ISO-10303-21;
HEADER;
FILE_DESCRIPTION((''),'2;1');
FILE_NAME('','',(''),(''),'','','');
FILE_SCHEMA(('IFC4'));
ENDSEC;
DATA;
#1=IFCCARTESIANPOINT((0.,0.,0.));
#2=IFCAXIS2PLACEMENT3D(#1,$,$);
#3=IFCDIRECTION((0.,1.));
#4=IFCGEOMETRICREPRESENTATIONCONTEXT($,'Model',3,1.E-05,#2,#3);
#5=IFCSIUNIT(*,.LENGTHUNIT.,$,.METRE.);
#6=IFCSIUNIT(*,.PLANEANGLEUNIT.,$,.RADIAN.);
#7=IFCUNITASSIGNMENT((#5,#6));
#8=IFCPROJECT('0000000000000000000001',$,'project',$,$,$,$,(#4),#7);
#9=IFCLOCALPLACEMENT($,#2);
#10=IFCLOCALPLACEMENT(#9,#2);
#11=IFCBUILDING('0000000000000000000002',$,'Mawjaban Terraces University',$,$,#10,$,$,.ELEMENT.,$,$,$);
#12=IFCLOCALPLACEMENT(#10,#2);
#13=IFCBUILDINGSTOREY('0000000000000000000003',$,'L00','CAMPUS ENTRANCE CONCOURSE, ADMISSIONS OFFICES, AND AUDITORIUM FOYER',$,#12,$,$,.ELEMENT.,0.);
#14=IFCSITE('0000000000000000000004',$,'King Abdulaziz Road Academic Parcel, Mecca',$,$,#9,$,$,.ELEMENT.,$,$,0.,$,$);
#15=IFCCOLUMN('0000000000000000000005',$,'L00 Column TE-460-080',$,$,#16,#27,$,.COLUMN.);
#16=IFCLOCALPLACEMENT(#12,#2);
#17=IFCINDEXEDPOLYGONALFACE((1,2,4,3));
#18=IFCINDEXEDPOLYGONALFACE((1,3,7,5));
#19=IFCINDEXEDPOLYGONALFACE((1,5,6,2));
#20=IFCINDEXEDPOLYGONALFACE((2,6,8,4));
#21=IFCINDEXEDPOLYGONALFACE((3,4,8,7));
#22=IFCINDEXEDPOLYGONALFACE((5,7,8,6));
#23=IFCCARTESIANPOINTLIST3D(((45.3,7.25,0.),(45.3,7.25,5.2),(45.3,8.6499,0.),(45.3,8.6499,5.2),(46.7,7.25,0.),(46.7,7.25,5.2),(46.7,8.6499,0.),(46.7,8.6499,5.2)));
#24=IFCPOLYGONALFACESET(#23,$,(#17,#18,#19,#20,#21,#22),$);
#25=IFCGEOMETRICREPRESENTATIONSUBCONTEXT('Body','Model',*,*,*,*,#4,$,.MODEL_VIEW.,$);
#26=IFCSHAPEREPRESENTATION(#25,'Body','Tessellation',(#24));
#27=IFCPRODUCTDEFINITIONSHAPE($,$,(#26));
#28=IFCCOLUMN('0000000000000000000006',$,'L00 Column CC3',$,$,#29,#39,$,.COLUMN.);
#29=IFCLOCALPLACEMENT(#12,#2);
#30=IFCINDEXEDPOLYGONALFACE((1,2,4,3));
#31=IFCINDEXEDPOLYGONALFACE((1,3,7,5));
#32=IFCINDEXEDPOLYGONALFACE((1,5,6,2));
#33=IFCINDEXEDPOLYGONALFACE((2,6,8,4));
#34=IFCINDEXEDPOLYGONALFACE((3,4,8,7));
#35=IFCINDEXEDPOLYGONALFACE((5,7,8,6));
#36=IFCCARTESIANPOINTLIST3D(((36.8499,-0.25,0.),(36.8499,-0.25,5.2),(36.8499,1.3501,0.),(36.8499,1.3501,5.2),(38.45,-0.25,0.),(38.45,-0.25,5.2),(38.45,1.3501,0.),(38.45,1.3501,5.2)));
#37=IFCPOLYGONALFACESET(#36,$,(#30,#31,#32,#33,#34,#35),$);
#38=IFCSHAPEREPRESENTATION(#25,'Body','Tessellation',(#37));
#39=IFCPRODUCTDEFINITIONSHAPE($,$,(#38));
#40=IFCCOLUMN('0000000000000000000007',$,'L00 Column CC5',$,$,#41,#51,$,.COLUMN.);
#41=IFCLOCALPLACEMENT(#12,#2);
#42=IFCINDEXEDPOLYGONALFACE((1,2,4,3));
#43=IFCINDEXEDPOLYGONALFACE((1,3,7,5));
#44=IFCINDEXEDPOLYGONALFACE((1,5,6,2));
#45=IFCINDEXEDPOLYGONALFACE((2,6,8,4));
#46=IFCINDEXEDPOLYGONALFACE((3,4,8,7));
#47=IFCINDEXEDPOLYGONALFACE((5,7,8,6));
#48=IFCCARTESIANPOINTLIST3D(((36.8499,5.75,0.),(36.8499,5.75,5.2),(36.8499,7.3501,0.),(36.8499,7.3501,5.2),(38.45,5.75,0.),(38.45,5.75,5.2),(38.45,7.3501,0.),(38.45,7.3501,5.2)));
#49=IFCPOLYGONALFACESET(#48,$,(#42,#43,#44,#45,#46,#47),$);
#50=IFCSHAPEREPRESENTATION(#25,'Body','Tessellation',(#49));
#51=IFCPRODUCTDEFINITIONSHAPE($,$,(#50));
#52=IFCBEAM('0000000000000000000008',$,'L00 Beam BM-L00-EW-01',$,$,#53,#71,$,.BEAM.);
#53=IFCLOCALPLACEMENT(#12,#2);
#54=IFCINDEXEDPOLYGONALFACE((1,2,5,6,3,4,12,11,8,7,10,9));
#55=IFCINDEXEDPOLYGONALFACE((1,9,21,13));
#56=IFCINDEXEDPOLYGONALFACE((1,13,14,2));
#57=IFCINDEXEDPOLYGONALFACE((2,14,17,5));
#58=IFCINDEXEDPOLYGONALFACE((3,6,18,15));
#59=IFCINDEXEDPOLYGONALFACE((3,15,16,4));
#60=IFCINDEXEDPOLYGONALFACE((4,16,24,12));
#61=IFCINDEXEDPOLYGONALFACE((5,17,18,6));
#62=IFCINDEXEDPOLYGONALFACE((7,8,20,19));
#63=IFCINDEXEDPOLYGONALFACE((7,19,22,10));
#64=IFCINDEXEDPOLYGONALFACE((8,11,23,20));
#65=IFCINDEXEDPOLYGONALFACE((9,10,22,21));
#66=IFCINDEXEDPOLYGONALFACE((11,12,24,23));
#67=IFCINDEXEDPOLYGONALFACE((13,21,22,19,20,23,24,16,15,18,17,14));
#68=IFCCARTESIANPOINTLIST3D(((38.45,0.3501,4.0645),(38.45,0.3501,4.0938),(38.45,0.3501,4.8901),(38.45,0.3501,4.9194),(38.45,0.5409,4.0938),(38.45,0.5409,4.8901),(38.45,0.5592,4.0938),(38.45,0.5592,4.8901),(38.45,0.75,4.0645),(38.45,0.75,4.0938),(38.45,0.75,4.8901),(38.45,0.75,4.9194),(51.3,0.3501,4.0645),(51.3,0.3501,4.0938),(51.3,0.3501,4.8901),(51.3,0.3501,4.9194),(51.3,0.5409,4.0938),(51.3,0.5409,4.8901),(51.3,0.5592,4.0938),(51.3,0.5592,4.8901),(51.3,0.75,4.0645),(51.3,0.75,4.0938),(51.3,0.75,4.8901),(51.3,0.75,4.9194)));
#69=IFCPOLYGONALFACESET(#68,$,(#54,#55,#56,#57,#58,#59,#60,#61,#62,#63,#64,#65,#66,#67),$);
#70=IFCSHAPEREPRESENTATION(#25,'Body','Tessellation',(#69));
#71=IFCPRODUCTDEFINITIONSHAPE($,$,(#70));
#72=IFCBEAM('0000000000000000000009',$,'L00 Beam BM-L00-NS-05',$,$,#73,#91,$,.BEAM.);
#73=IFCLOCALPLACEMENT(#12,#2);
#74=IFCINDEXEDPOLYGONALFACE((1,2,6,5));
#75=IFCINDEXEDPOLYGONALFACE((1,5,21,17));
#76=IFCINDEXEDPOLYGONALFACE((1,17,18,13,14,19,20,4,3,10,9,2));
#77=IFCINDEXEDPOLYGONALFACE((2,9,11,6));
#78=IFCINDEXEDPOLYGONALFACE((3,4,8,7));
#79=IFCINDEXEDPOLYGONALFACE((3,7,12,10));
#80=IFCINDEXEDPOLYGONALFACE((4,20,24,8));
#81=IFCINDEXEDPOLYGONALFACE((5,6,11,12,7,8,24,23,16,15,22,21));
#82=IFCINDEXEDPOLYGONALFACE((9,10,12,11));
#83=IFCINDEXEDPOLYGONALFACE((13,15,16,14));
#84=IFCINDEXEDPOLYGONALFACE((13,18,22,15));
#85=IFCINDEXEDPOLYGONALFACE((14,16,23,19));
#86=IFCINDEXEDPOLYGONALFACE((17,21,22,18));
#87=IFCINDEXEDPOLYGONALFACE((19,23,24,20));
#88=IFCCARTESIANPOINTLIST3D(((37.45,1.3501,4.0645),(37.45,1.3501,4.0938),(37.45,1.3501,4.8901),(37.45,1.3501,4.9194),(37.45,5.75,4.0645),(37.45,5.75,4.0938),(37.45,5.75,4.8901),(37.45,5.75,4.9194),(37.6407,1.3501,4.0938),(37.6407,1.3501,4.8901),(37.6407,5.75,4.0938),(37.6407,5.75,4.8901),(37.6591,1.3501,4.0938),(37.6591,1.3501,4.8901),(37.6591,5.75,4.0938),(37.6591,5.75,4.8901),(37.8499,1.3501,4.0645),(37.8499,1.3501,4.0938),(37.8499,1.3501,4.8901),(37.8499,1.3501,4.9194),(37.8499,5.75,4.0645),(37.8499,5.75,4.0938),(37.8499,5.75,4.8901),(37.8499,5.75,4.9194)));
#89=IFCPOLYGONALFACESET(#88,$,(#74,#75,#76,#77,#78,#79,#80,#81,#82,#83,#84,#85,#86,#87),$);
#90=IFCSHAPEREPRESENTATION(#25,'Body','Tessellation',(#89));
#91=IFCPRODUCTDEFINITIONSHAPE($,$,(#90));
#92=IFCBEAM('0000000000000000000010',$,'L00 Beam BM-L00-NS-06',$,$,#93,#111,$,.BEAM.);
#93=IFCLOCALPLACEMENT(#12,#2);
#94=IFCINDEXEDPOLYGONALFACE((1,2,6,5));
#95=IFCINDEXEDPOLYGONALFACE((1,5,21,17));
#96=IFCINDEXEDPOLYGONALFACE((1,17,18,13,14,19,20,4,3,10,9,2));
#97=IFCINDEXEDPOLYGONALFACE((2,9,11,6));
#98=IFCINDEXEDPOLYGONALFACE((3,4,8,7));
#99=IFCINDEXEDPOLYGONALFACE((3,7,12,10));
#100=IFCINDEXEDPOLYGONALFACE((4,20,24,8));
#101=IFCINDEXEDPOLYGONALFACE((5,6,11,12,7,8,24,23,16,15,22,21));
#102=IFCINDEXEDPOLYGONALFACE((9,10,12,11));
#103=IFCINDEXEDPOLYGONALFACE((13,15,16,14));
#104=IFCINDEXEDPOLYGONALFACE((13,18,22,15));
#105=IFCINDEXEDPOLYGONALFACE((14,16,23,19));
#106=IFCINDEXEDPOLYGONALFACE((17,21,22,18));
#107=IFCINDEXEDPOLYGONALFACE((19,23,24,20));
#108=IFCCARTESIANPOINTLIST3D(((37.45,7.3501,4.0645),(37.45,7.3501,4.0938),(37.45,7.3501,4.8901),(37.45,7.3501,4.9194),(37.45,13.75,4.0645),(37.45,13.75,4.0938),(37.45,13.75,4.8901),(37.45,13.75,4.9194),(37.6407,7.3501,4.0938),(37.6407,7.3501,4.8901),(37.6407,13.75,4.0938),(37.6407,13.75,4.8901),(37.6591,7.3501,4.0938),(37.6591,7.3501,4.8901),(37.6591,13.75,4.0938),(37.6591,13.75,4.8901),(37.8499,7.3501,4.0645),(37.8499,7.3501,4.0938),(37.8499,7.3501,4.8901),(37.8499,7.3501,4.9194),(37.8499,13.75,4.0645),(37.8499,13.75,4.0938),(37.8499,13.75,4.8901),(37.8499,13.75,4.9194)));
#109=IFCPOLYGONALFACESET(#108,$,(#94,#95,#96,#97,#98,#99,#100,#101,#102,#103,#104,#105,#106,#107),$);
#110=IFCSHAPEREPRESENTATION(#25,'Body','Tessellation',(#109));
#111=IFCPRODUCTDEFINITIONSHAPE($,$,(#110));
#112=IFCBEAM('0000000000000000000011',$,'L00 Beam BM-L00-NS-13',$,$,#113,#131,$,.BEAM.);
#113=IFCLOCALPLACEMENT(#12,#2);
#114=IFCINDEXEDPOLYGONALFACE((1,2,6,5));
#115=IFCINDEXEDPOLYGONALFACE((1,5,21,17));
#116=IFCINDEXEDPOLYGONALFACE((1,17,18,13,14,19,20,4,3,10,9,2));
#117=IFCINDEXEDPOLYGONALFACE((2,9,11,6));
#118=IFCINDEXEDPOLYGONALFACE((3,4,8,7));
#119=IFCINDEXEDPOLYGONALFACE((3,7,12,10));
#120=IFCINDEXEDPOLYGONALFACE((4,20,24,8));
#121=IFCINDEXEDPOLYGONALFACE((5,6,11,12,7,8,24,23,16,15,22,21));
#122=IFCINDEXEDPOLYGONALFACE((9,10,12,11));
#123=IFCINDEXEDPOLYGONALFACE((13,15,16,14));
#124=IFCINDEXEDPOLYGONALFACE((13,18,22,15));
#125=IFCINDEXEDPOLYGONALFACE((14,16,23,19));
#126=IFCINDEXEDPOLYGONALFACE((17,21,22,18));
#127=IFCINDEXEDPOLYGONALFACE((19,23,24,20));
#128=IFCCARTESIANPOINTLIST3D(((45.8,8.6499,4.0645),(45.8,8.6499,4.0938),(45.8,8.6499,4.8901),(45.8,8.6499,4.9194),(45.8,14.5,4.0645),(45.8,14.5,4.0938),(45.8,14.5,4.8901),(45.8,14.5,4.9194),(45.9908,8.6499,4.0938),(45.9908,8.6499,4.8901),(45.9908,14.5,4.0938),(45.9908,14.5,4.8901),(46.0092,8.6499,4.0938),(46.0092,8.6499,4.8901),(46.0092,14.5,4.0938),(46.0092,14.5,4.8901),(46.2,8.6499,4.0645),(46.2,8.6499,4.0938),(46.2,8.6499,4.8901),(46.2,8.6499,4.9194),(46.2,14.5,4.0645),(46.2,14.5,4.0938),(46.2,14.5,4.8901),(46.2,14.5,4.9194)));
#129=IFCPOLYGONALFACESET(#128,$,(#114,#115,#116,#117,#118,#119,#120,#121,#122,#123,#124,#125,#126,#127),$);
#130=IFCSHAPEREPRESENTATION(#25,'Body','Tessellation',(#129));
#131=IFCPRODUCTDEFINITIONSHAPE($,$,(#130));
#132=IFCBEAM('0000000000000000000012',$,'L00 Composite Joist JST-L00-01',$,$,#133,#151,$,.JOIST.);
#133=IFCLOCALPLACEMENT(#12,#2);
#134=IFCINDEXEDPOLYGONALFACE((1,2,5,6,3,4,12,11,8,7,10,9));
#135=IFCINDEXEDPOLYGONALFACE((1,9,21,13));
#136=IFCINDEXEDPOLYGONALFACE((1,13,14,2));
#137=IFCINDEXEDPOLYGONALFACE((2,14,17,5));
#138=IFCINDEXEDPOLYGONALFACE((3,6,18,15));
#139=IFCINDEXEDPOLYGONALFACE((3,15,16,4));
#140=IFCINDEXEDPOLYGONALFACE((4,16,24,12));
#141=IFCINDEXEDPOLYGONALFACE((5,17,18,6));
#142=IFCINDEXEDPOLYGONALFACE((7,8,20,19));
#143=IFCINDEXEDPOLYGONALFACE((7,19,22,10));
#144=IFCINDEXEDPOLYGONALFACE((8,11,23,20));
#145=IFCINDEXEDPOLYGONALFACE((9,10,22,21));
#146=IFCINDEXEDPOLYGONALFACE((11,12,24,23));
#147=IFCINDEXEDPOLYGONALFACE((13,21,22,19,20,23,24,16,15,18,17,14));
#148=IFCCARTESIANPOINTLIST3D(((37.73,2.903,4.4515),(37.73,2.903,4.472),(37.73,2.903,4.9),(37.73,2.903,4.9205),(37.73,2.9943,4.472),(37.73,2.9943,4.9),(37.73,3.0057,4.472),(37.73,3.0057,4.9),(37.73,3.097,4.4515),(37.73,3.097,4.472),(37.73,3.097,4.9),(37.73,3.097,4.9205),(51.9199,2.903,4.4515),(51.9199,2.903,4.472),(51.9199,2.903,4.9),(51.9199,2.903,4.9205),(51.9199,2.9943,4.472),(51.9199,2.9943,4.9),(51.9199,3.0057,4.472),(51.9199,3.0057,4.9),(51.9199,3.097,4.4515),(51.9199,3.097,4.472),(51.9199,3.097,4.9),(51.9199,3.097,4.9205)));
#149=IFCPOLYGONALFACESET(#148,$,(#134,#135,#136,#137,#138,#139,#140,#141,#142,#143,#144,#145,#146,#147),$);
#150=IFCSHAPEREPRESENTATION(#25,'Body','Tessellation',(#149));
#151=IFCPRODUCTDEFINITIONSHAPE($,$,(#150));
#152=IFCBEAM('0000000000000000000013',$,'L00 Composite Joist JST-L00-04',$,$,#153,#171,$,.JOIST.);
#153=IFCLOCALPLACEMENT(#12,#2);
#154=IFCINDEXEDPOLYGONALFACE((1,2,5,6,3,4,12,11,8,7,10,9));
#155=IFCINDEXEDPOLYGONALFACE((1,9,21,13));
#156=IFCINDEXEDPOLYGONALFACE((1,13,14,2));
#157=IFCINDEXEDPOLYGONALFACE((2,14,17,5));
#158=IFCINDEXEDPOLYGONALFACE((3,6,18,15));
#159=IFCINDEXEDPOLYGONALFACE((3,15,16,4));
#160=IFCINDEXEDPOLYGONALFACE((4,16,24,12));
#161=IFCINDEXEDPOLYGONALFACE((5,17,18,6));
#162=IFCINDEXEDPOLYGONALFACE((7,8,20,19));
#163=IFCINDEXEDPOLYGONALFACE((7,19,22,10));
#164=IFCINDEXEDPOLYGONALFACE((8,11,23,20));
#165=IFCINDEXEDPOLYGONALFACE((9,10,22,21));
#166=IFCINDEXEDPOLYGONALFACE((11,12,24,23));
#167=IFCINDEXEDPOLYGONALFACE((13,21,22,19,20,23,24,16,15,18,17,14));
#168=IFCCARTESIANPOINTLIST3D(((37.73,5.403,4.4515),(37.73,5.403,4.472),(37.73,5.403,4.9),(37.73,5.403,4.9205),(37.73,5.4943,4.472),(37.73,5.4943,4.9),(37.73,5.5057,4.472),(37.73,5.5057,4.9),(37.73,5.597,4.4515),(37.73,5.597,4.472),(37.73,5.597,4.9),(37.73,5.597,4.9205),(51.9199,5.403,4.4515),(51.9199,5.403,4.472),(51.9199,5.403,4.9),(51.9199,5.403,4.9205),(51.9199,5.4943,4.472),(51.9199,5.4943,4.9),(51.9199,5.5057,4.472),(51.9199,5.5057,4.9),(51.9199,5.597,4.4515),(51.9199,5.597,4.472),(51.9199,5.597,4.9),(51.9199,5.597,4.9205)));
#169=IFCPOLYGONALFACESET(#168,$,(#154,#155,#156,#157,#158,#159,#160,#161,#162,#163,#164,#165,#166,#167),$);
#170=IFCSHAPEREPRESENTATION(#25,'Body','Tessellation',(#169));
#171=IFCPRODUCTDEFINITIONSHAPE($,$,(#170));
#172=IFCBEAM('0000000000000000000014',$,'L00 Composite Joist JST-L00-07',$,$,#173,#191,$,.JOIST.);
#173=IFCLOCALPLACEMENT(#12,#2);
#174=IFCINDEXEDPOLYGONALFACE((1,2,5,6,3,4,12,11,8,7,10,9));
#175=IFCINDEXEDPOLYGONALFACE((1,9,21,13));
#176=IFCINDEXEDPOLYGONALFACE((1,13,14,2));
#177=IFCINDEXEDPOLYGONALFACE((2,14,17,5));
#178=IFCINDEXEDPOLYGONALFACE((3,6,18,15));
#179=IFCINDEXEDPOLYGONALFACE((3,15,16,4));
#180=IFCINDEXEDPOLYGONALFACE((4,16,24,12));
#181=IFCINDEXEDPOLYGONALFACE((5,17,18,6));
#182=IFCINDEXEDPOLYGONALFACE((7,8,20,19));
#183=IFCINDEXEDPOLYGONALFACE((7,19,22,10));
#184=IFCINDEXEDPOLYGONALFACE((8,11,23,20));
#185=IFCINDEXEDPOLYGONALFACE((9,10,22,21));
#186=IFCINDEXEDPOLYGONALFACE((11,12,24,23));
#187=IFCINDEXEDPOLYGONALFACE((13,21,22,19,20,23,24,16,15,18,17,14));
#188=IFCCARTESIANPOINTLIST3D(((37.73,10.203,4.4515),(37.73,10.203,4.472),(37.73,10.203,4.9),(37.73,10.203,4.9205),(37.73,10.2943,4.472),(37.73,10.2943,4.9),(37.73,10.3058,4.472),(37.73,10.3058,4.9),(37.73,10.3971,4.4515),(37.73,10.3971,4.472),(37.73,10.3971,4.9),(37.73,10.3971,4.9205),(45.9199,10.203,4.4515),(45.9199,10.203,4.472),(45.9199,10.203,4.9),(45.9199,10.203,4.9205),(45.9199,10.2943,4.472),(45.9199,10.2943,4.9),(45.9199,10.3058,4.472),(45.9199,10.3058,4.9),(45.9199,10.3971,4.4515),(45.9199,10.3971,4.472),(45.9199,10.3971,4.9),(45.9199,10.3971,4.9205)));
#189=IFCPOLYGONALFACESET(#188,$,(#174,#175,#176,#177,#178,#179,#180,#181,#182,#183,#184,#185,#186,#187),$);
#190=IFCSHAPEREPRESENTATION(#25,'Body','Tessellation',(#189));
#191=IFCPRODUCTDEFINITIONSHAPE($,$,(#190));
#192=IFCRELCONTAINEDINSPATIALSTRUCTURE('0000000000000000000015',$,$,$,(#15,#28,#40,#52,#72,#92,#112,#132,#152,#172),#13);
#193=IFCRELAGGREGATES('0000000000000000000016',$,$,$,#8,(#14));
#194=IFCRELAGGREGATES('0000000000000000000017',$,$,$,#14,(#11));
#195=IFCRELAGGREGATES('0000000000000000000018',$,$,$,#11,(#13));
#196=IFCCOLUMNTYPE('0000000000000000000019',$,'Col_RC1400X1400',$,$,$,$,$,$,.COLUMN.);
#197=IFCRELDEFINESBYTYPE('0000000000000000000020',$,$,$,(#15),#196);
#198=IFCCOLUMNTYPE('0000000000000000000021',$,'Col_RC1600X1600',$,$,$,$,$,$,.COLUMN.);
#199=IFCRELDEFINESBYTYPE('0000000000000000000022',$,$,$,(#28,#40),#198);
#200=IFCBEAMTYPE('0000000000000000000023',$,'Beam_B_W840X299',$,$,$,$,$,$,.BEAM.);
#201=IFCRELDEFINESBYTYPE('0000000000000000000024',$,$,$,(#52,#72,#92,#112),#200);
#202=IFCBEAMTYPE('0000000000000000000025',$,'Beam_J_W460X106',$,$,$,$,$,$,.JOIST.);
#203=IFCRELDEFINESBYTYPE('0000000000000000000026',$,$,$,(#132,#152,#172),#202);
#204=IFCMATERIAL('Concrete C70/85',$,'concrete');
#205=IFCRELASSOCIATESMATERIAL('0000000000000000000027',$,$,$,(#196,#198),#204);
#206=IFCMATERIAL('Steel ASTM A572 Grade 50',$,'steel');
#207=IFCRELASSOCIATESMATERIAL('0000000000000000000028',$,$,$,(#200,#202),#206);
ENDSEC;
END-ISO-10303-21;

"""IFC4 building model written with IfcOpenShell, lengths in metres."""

from ifc_helpers import new_model, si_unit, direction, frame, origin, origin_2d, place, context, subcontext, project, spatial, rectangle, i_section, extrude, material, material_profile, profile_set, type_object, element, save


model = new_model("IFC4")

# Units and contexts
model_context = context("Model", 3, precision=1e-05, world=origin(), true_north=direction((0.0, 1.0)))
body_context = subcontext(model_context, "Body", "Model", "MODEL_VIEW")
ifc_project = project(units=[si_unit("LENGTHUNIT", "METRE"), si_unit("PLANEANGLEUNIT", "RADIAN")], contexts=[model_context])

# Site, building, storey
site_placement = place(None, origin())
site = spatial("IfcSite", under=ifc_project, at=site_placement, Name="King Abdulaziz Road Academic Parcel, Mecca", CompositionType="ELEMENT", RefElevation=0.0)
building_placement = place(site_placement, origin())
building = spatial("IfcBuilding", under=site, at=building_placement, Name="Mawjaban Terraces University", CompositionType="ELEMENT")
storey_placement = place(building_placement, origin())
storey = spatial("IfcBuildingStorey", under=building, at=storey_placement, Name="L00", Description="CAMPUS ENTRANCE CONCOURSE, ADMISSIONS OFFICES, AND AUDITORIUM FOYER", CompositionType="ELEMENT", Elevation=0.0)

# Columns
ifc_material_1 = material(Name="Concrete C70/85", Category="concrete")
ifc_material_profile_1 = material_profile(ifc_material_1, rectangle(XDim=1.3999, YDim=1.3999, at=origin_2d()), Name="RC1400X1400")
ifc_profile_set_1 = profile_set([ifc_material_profile_1], Name="Concrete C70/85")
column_type_1 = type_object("IfcColumnType", Name="Col_RC1400X1400", PredefinedType="COLUMN", material=ifc_profile_set_1)
column_placement = place(storey_placement, frame((46.0, 7.95, 0.0), z_axis=(0.0, 0.0, 1.0), x_axis=(1.0, 0.0, 0.0)))
element("IfcColumn", 1, at=column_placement, inside=storey, type_object=column_type_1, Name="L00 Column TE-460-080", PredefinedType="COLUMN", context=body_context, shape_type="SweptSolid", body=[
    extrude(rectangle(XDim=1.3999, YDim=1.3999, at=origin_2d()), origin(), (0.0, 0.0, 1.0), 5.2),
])
ifc_material_profile_2 = material_profile(ifc_material_1, rectangle(XDim=1.6001, YDim=1.6001, at=origin_2d()), Name="RC1600X1600")
ifc_profile_set_2 = profile_set([ifc_material_profile_2], Name="Concrete C70/85")
column_type_2 = type_object("IfcColumnType", Name="Col_RC1600X1600", PredefinedType="COLUMN", material=ifc_profile_set_2)
for number, where, z_axis, x_axis, name in (
    (2, (37.6499, 0.55, 0.0), (0.0, 0.0, 1.0), (1.0, 0.0, 0.0), "L00 Column CC3"),
    (3, (37.6499, 6.55, 0.0), (0.0, 0.0, 1.0), (1.0, 0.0, 0.0), "L00 Column CC5"),
):
    element("IfcColumn", number, at=place(storey_placement, frame(where, z_axis=z_axis, x_axis=x_axis)), inside=storey, type_object=column_type_2, Name=name, PredefinedType="COLUMN", context=body_context, shape_type="SweptSolid", body=[
        extrude(rectangle(XDim=1.6001, YDim=1.6001, at=origin_2d()), origin(), (0.0, 0.0, 1.0), 5.2),
    ])

# Beams
ifc_material_2 = material(Name="Steel ASTM A572 Grade 50", Category="steel")
ifc_material_profile_3 = material_profile(ifc_material_2, i_section(OverallWidth=0.3999, OverallDepth=0.855, WebThickness=0.0183, FlangeThickness=0.0293, at=origin_2d()), Name="W840X299")
ifc_profile_set_3 = profile_set([ifc_material_profile_3], Name="Steel ASTM A572 Grade 50")
beam_type_1 = type_object("IfcBeamType", Name="Beam_B_W840X299", PredefinedType="BEAM", material=ifc_profile_set_3)
beam_1_placement = place(storey_placement, frame((38.45, 0.55, 4.4919), z_axis=(1.0, 0.0, 0.0), x_axis=(0.0, 1.0, 0.0)))
element("IfcBeam", 4, at=beam_1_placement, inside=storey, type_object=beam_type_1, Name="L00 Beam BM-L00-EW-01", PredefinedType="BEAM", context=body_context, shape_type="SweptSolid", body=[
    extrude(i_section(OverallWidth=0.3999, OverallDepth=0.855, WebThickness=0.0183, FlangeThickness=0.0293, at=origin_2d()), origin(), (0.0, 0.0, 1.0), 12.8501),
])
beam_2_placement = place(storey_placement, frame((37.6499, 1.3501, 4.4919), z_axis=(0.0, 1.0, 0.0), x_axis=(-1.0, 0.0, 0.0)))
element("IfcBeam", 5, at=beam_2_placement, inside=storey, type_object=beam_type_1, Name="L00 Beam BM-L00-NS-05", PredefinedType="BEAM", context=body_context, shape_type="SweptSolid", body=[
    extrude(i_section(OverallWidth=0.3999, OverallDepth=0.855, WebThickness=0.0183, FlangeThickness=0.0293, at=origin_2d()), origin(), (0.0, 0.0, 1.0), 4.3999),
])
beam_3_placement = place(storey_placement, frame((37.6499, 7.3501, 4.4919), z_axis=(0.0, 1.0, 0.0), x_axis=(-1.0, 0.0, 0.0)))
element("IfcBeam", 6, at=beam_3_placement, inside=storey, type_object=beam_type_1, Name="L00 Beam BM-L00-NS-06", PredefinedType="BEAM", context=body_context, shape_type="SweptSolid", body=[
    extrude(i_section(OverallWidth=0.3999, OverallDepth=0.855, WebThickness=0.0183, FlangeThickness=0.0293, at=origin_2d()), origin(), (0.0, 0.0, 1.0), 6.3999),
])
beam_4_placement = place(storey_placement, frame((46.0, 8.6499, 4.4919), z_axis=(0.0, 1.0, 0.0), x_axis=(-1.0, 0.0, 0.0)))
element("IfcBeam", 7, at=beam_4_placement, inside=storey, type_object=beam_type_1, Name="L00 Beam BM-L00-NS-13", PredefinedType="BEAM", context=body_context, shape_type="SweptSolid", body=[
    extrude(i_section(OverallWidth=0.3999, OverallDepth=0.855, WebThickness=0.0183, FlangeThickness=0.0293, at=origin_2d()), origin(), (0.0, 0.0, 1.0), 5.8501),
])
ifc_material_profile_4 = material_profile(ifc_material_2, i_section(OverallWidth=0.1941, OverallDepth=0.469, WebThickness=0.0115, FlangeThickness=0.0205, at=origin_2d()), Name="W460X106")
ifc_profile_set_4 = profile_set([ifc_material_profile_4], Name="Steel ASTM A572 Grade 50")
beam_type_2 = type_object("IfcBeamType", Name="Beam_J_W460X106", PredefinedType="JOIST", material=ifc_profile_set_4)
for number, where, z_axis, x_axis, name in (
    (8, (37.73, 3.0, 4.686), (1.0, 0.0, 0.0), (0.0, 1.0, 0.0), "L00 Composite Joist JST-L00-01"),
    (9, (37.73, 5.5, 4.686), (1.0, 0.0, 0.0), (0.0, 1.0, 0.0), "L00 Composite Joist JST-L00-04"),
):
    element("IfcBeam", number, at=place(storey_placement, frame(where, z_axis=z_axis, x_axis=x_axis)), inside=storey, type_object=beam_type_2, Name=name, PredefinedType="JOIST", context=body_context, shape_type="SweptSolid", body=[
        extrude(i_section(OverallWidth=0.1941, OverallDepth=0.469, WebThickness=0.0115, FlangeThickness=0.0205, at=origin_2d()), origin(), (0.0, 0.0, 1.0), 14.1899),
    ])
beam_5_placement = place(storey_placement, frame((37.73, 10.3, 4.686), z_axis=(1.0, 0.0, 0.0), x_axis=(0.0, 1.0, 0.0)))
element("IfcBeam", 10, at=beam_5_placement, inside=storey, type_object=beam_type_2, Name="L00 Composite Joist JST-L00-07", PredefinedType="JOIST", context=body_context, shape_type="SweptSolid", body=[
    extrude(i_section(OverallWidth=0.1941, OverallDepth=0.469, WebThickness=0.0115, FlangeThickness=0.0205, at=origin_2d()), origin(), (0.0, 0.0, 1.0), 8.1899),
])

save(model, "model.ifc")
